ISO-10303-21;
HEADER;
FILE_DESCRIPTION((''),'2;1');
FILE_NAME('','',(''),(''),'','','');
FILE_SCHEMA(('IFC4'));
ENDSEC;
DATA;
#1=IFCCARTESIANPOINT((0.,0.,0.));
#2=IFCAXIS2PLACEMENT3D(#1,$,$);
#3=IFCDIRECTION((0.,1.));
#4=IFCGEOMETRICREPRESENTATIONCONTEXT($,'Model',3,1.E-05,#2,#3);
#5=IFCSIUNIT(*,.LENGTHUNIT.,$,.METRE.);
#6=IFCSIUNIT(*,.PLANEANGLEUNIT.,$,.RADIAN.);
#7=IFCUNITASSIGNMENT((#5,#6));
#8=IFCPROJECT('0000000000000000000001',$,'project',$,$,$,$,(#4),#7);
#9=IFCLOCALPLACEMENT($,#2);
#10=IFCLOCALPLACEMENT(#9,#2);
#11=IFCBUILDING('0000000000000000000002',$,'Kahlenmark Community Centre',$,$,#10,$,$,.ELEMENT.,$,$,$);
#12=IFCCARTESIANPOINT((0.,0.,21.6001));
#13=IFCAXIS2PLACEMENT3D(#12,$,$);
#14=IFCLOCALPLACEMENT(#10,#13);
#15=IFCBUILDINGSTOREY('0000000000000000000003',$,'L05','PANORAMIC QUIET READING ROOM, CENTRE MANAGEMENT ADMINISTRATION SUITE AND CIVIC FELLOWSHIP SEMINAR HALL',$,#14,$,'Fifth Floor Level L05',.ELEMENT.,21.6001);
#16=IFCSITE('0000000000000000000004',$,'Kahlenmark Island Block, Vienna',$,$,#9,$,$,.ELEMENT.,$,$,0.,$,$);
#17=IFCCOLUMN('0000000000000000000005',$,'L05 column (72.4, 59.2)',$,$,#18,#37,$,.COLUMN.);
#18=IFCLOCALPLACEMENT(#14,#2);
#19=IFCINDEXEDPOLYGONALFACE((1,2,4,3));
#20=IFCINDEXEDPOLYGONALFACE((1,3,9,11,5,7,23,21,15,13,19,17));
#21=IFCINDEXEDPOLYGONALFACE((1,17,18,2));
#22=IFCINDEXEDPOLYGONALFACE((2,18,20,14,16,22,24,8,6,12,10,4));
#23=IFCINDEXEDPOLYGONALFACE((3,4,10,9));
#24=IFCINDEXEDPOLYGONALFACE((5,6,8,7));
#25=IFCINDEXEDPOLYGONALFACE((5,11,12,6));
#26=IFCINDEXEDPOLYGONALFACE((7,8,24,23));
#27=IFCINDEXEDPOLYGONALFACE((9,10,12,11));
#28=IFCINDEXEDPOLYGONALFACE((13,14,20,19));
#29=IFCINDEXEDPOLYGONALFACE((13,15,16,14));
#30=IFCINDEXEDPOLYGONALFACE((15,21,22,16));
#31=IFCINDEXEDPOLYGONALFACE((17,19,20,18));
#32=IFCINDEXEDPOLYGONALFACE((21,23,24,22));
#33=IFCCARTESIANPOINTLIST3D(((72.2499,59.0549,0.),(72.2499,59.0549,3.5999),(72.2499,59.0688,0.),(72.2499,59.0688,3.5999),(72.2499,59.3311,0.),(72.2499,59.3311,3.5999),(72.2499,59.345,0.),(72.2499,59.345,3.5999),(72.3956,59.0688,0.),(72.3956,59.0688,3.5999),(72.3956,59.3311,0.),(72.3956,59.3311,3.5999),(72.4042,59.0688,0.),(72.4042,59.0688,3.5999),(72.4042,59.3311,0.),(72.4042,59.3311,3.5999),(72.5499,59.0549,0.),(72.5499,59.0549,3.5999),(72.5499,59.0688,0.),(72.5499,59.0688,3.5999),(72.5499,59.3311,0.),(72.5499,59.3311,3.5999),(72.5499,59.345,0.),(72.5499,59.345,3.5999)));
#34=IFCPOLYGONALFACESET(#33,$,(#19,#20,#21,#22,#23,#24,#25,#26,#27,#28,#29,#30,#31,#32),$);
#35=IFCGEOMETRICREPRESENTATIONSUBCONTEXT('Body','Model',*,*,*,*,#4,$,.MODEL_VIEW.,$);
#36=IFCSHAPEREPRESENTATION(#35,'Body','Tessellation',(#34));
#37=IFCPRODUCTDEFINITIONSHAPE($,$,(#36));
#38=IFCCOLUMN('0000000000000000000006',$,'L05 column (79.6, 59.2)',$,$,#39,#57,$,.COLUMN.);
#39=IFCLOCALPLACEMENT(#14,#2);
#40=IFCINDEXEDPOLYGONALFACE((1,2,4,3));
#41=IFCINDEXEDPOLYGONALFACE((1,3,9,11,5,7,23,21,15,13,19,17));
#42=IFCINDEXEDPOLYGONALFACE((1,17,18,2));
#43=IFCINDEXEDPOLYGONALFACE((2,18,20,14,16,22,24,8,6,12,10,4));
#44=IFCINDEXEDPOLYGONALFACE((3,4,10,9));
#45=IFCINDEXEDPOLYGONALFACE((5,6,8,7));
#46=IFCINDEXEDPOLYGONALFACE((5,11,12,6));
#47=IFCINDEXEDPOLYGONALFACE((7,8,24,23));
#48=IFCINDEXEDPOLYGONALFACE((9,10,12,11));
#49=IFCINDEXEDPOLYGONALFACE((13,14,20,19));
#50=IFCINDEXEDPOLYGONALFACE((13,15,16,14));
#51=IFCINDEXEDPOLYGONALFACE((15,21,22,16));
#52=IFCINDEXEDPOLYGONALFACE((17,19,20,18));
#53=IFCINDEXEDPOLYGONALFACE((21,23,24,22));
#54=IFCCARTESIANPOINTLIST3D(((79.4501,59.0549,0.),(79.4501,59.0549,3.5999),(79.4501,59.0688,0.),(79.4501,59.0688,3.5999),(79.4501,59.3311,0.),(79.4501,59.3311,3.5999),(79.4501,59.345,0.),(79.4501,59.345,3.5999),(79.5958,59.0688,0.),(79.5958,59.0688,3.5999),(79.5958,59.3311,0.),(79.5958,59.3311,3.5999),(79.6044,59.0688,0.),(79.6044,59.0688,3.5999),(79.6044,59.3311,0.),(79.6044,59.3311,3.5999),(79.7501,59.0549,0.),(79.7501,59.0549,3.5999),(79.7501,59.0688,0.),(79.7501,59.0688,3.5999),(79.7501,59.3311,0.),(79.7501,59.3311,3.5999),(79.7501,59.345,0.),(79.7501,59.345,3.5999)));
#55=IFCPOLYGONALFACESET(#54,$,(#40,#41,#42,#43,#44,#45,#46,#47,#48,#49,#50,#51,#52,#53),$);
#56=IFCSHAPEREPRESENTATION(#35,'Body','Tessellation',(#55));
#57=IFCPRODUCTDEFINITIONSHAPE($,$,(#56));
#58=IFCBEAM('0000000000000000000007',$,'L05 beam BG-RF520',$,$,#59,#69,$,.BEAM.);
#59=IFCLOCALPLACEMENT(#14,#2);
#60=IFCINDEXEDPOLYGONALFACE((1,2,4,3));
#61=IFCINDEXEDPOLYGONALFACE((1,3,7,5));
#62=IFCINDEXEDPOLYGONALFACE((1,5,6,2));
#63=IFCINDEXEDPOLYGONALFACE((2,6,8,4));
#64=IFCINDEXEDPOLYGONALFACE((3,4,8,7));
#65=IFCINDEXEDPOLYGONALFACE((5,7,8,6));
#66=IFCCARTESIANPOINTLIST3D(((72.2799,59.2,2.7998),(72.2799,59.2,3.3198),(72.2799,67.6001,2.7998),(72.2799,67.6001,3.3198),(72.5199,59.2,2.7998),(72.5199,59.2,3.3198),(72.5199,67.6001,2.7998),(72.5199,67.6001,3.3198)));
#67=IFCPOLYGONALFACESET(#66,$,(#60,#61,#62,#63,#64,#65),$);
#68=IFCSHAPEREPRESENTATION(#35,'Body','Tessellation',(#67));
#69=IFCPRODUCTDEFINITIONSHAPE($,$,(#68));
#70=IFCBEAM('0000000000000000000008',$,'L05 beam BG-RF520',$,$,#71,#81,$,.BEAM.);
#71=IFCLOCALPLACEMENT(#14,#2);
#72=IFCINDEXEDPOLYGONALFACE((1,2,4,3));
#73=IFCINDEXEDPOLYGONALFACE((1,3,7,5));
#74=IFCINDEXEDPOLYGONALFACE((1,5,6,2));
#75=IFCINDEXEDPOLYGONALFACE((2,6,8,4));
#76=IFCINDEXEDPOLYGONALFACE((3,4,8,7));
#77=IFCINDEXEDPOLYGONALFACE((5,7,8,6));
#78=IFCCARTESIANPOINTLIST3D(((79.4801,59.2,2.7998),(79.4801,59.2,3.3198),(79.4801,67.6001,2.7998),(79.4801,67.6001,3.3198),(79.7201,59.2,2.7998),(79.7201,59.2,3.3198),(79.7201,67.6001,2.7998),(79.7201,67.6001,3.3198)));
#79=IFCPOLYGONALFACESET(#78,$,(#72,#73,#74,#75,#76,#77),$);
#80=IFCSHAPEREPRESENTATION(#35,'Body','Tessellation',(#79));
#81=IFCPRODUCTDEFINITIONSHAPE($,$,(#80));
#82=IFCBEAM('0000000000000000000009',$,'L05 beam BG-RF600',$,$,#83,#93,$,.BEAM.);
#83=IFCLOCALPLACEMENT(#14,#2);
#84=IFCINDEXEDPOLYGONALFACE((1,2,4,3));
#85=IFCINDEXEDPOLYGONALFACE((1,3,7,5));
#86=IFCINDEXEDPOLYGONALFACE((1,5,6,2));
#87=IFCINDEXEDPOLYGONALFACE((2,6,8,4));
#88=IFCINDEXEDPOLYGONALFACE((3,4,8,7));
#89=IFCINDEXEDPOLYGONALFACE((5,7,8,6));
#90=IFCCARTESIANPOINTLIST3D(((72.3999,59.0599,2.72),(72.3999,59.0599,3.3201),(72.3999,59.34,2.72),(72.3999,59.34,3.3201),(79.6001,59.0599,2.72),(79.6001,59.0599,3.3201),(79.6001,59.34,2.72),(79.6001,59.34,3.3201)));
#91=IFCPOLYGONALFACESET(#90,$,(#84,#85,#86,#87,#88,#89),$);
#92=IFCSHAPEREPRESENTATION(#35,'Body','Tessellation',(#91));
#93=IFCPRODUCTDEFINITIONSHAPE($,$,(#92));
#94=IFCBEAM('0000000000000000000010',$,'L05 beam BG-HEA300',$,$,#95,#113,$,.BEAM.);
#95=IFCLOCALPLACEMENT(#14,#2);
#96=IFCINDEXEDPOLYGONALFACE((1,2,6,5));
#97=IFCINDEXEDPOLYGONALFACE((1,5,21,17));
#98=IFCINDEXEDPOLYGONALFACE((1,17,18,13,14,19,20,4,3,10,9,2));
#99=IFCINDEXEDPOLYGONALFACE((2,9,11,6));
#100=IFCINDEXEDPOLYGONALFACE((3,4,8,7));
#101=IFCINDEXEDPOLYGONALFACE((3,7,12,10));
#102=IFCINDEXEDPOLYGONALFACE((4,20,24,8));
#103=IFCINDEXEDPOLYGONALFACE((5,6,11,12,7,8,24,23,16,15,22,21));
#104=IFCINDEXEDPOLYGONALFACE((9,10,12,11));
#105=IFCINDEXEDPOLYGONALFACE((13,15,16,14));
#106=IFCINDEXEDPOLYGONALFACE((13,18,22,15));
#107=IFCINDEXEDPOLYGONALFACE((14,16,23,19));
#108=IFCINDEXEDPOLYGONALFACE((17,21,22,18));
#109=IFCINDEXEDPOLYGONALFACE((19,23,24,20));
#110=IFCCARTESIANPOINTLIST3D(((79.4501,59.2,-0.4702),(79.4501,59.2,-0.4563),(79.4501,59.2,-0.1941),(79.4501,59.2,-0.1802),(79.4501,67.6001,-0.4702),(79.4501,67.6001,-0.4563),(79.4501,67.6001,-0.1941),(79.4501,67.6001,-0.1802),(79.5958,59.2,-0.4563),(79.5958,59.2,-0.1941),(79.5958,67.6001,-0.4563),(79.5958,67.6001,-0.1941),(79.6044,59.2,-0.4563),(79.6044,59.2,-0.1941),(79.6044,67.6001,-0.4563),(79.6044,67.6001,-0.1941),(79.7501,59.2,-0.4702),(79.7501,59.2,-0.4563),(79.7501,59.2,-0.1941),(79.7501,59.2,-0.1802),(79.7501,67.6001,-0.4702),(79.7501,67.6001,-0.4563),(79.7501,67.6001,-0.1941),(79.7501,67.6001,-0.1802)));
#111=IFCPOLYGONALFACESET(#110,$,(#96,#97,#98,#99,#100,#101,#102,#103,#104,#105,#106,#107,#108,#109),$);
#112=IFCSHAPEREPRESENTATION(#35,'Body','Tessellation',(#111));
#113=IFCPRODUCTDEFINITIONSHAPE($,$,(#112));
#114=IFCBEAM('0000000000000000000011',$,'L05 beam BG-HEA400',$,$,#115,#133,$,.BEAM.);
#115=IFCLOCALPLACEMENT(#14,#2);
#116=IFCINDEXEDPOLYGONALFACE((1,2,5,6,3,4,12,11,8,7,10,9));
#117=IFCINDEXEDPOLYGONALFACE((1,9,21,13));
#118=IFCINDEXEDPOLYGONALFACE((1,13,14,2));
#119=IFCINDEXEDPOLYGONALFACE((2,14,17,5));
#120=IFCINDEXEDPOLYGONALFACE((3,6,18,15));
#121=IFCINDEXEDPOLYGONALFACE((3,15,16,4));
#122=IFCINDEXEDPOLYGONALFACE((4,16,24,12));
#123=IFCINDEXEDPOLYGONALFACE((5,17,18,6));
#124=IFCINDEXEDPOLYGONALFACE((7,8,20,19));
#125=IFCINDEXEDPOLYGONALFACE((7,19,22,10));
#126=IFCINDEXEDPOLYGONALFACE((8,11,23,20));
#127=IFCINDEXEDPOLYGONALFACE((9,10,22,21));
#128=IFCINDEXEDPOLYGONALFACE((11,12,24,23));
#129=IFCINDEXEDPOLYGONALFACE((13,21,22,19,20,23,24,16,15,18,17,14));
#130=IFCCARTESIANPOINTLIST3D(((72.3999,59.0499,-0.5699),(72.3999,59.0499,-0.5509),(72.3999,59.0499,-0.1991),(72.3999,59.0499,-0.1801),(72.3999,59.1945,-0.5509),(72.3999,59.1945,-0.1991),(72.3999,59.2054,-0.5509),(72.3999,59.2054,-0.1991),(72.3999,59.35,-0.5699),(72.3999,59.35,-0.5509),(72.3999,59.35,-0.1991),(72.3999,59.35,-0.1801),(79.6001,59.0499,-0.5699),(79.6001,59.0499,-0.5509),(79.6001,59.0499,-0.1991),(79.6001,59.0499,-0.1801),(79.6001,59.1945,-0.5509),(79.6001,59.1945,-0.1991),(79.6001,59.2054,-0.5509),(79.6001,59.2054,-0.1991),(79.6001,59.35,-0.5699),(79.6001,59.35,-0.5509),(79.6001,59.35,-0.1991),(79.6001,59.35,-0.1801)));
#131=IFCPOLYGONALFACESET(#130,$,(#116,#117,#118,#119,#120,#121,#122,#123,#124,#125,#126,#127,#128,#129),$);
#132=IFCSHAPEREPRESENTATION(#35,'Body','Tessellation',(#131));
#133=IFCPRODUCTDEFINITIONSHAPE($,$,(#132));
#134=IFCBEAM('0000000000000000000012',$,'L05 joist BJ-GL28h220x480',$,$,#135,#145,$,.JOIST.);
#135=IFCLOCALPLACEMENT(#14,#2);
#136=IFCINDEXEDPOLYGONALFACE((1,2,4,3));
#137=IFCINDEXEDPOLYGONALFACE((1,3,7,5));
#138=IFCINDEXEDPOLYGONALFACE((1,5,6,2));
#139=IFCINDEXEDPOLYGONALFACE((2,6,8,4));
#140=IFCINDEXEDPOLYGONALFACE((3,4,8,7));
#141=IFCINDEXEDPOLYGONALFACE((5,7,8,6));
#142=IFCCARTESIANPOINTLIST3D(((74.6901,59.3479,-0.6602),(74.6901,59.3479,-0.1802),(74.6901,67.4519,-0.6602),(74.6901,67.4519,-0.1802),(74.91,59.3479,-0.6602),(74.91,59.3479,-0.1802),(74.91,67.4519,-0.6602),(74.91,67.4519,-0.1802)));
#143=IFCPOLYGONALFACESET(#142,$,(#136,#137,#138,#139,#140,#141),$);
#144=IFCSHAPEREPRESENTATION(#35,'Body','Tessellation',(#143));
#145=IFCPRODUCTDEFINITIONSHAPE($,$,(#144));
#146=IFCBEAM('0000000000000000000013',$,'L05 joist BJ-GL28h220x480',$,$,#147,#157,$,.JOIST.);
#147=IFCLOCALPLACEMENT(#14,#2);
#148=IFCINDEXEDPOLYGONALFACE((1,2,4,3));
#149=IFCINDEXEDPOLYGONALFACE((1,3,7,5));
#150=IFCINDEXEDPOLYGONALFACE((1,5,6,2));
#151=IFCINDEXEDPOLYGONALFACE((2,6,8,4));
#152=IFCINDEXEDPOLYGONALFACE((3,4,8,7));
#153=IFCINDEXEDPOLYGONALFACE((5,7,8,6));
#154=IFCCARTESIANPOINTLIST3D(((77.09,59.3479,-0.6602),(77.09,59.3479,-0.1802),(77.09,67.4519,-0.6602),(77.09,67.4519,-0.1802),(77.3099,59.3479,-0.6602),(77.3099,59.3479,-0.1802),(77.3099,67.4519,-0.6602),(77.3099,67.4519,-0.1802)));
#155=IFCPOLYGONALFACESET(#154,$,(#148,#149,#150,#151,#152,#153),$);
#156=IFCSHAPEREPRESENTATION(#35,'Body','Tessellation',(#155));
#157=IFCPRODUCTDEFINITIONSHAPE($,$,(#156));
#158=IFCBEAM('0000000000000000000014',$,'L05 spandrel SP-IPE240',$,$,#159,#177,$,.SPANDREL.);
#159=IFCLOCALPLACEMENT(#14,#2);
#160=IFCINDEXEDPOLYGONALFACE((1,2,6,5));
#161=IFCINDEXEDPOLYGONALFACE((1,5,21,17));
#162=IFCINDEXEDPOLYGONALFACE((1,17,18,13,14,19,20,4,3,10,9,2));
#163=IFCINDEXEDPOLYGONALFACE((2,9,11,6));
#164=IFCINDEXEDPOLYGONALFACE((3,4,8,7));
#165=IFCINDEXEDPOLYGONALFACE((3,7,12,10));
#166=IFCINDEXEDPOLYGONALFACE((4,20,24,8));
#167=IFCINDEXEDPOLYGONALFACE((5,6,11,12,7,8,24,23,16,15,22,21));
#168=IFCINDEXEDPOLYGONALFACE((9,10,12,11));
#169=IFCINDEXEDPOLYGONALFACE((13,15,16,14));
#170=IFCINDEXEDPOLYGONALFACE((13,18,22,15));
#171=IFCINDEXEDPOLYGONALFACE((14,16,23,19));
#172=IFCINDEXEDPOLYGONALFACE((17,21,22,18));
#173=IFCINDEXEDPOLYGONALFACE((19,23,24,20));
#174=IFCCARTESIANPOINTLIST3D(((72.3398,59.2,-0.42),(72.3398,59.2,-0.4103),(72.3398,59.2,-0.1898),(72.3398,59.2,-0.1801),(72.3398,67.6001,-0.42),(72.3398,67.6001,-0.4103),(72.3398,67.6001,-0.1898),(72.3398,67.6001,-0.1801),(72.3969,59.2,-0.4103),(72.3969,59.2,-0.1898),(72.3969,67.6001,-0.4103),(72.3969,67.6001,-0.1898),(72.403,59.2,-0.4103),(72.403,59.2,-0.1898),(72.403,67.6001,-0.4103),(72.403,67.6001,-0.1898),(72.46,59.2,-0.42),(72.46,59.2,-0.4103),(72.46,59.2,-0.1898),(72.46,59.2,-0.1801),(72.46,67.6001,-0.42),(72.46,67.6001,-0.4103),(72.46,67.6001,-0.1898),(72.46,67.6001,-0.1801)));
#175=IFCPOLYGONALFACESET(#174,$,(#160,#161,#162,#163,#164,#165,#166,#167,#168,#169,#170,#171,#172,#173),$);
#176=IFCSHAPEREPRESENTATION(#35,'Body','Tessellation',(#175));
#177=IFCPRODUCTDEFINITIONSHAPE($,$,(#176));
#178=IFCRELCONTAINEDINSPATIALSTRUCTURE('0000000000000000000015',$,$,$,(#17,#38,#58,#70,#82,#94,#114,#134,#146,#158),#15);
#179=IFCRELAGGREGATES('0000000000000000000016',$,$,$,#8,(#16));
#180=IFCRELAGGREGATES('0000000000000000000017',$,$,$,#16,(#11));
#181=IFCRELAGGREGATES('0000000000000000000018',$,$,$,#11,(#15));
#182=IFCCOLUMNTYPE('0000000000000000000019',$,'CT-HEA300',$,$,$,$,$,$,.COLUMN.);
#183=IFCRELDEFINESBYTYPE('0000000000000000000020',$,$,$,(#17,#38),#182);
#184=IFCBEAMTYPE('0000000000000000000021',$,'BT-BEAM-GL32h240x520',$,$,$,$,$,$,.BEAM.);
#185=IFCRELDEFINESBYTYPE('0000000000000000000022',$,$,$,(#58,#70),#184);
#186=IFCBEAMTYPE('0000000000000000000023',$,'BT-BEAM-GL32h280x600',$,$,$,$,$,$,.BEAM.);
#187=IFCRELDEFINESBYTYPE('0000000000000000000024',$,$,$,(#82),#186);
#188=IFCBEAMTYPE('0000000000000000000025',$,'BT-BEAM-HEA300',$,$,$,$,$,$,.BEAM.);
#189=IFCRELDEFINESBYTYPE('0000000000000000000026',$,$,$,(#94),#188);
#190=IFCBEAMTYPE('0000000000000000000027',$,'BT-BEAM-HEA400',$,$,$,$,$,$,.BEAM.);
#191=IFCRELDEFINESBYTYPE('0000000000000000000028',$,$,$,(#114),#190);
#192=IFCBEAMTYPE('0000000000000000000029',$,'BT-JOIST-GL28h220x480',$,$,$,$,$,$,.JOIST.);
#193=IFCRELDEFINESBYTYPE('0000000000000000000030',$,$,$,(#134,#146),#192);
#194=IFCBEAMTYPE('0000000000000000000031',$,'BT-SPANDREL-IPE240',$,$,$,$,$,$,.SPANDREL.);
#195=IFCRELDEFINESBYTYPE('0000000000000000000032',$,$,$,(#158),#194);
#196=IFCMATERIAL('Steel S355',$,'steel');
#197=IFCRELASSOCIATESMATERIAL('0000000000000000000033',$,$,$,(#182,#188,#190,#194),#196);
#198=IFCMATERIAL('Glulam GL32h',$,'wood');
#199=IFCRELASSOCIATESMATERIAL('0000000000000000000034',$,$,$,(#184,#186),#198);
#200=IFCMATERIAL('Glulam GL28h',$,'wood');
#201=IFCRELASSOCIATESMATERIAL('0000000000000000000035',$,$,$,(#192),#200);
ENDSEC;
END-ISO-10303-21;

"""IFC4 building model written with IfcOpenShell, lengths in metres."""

from ifc_helpers import new_model, si_unit, direction, frame, origin, origin_2d, place, context, subcontext, project, spatial, rectangle, i_section, extrude, material, material_profile, profile_set, type_object, element, save


model = new_model("IFC4")

# Units and contexts
model_context = context("Model", 3, precision=1e-05, world=origin(), true_north=direction((0.0, 1.0)))
body_context = subcontext(model_context, "Body", "Model", "MODEL_VIEW")
ifc_project = project(units=[si_unit("LENGTHUNIT", "METRE"), si_unit("PLANEANGLEUNIT", "RADIAN")], contexts=[model_context])

# Site, building, storey
site_placement = place(None, origin())
site = spatial("IfcSite", under=ifc_project, at=site_placement, Name="Kahlenmark Island Block, Vienna", CompositionType="ELEMENT", RefElevation=0.0)
building_placement = place(site_placement, origin())
building = spatial("IfcBuilding", under=site, at=building_placement, Name="Kahlenmark Community Centre", CompositionType="ELEMENT")
storey_placement = place(building_placement, frame((0.0, 0.0, 21.6001)))
storey = spatial("IfcBuildingStorey", under=building, at=storey_placement, Name="L05", Description="PANORAMIC QUIET READING ROOM, CENTRE MANAGEMENT ADMINISTRATION SUITE AND CIVIC FELLOWSHIP SEMINAR HALL", LongName="Fifth Floor Level L05", CompositionType="ELEMENT", Elevation=21.6001)

# Columns
ifc_material_1 = material(Name="Steel S355", Category="steel")
ifc_material_profile_1 = material_profile(ifc_material_1, i_section(OverallWidth=0.3, OverallDepth=0.29, WebThickness=0.0085, FlangeThickness=0.0139, at=origin_2d()), Name="HEA 300")
ifc_profile_set_1 = profile_set([ifc_material_profile_1], Name="Steel S355")
column_type = type_object("IfcColumnType", Name="CT-HEA300", PredefinedType="COLUMN", material=ifc_profile_set_1)
for number, where, z_axis, x_axis, name in (
    (1, (72.3999, 59.2, 0.0), (0.0, 0.0, 1.0), (1.0, 0.0, 0.0), "L05 column (72.4, 59.2)"),
    (2, (79.6001, 59.2, 0.0), (0.0, 0.0, 1.0), (1.0, 0.0, 0.0), "L05 column (79.6, 59.2)"),
):
    element("IfcColumn", number, at=place(storey_placement, frame(where, z_axis=z_axis, x_axis=x_axis)), inside=storey, type_object=column_type, Name=name, PredefinedType="COLUMN", context=body_context, shape_type="SweptSolid", body=[
        extrude(i_section(OverallWidth=0.3, OverallDepth=0.29, WebThickness=0.0085, FlangeThickness=0.0139, at=origin_2d()), origin(), (0.0, 0.0, 1.0), 3.5999),
    ])

# Beams
ifc_material_2 = material(Name="Glulam GL32h", Category="wood")
ifc_material_profile_2 = material_profile(ifc_material_2, rectangle(XDim=0.24, YDim=0.52, at=origin_2d()), Name="GL32h 240x520")
ifc_profile_set_2 = profile_set([ifc_material_profile_2], Name="Glulam GL32h")
beam_type_1 = type_object("IfcBeamType", Name="BT-BEAM-GL32h240x520", PredefinedType="BEAM", material=ifc_profile_set_2)
for number, where, z_axis, x_axis, name in (
    (3, (72.3999, 59.2, 3.0598), (0.0, 1.0, 0.0), (-1.0, 0.0, 0.0), "L05 beam BG-RF520"),
    (4, (79.6001, 59.2, 3.0598), (0.0, 1.0, 0.0), (-1.0, 0.0, 0.0), "L05 beam BG-RF520"),
):
    element("IfcBeam", number, at=place(storey_placement, frame(where, z_axis=z_axis, x_axis=x_axis)), inside=storey, type_object=beam_type_1, Name=name, PredefinedType="BEAM", context=body_context, shape_type="SweptSolid", body=[
        extrude(rectangle(XDim=0.24, YDim=0.52, at=origin_2d()), origin(), (0.0, 0.0, 1.0), 8.4001),
    ])
ifc_material_profile_3 = material_profile(ifc_material_2, rectangle(XDim=0.28, YDim=0.6001, at=origin_2d()), Name="GL32h 280x600")
ifc_profile_set_3 = profile_set([ifc_material_profile_3], Name="Glulam GL32h")
beam_type_2 = type_object("IfcBeamType", Name="BT-BEAM-GL32h280x600", PredefinedType="BEAM", material=ifc_profile_set_3)
beam_1_placement = place(storey_placement, frame((72.3999, 59.2, 3.02), z_axis=(1.0, 0.0, 0.0), x_axis=(0.0, 1.0, 0.0)))
element("IfcBeam", 5, at=beam_1_placement, inside=storey, type_object=beam_type_2, Name="L05 beam BG-RF600", PredefinedType="BEAM", context=body_context, shape_type="SweptSolid", body=[
    extrude(rectangle(XDim=0.28, YDim=0.6001, at=origin_2d()), origin(), (0.0, 0.0, 1.0), 7.2002),
])
ifc_material_profile_4 = material_profile(ifc_material_1, i_section(OverallWidth=0.3, OverallDepth=0.29, WebThickness=0.0085, FlangeThickness=0.0139, at=origin_2d()), Name="HEA 300")
ifc_profile_set_4 = profile_set([ifc_material_profile_4], Name="Steel S355")
beam_type_3 = type_object("IfcBeamType", Name="BT-BEAM-HEA300", PredefinedType="BEAM", material=ifc_profile_set_4)
beam_2_placement = place(storey_placement, frame((79.6001, 59.2, -0.3252), z_axis=(0.0, 1.0, 0.0), x_axis=(-1.0, 0.0, 0.0)))
element("IfcBeam", 6, at=beam_2_placement, inside=storey, type_object=beam_type_3, Name="L05 beam BG-HEA300", PredefinedType="BEAM", context=body_context, shape_type="SweptSolid", body=[
    extrude(i_section(OverallWidth=0.3, OverallDepth=0.29, WebThickness=0.0085, FlangeThickness=0.0139, at=origin_2d()), origin(), (0.0, 0.0, 1.0), 8.4001),
])
ifc_material_profile_5 = material_profile(ifc_material_1, i_section(OverallWidth=0.3, OverallDepth=0.3899, WebThickness=0.011, FlangeThickness=0.019, at=origin_2d()), Name="HEA 400")
ifc_profile_set_5 = profile_set([ifc_material_profile_5], Name="Steel S355")
beam_type_4 = type_object("IfcBeamType", Name="BT-BEAM-HEA400", PredefinedType="BEAM", material=ifc_profile_set_5)
beam_3_placement = place(storey_placement, frame((72.3999, 59.2, -0.375), z_axis=(1.0, 0.0, 0.0), x_axis=(0.0, 1.0, 0.0)))
element("IfcBeam", 7, at=beam_3_placement, inside=storey, type_object=beam_type_4, Name="L05 beam BG-HEA400", PredefinedType="BEAM", context=body_context, shape_type="SweptSolid", body=[
    extrude(i_section(OverallWidth=0.3, OverallDepth=0.3899, WebThickness=0.011, FlangeThickness=0.019, at=origin_2d()), origin(), (0.0, 0.0, 1.0), 7.2002),
])
ifc_material_3 = material(Name="Glulam GL28h", Category="wood")
ifc_material_profile_6 = material_profile(ifc_material_3, rectangle(XDim=0.22, YDim=0.48, at=origin_2d()), Name="GL28h 220x480")
ifc_profile_set_6 = profile_set([ifc_material_profile_6], Name="Glulam GL28h")
beam_type_5 = type_object("IfcBeamType", Name="BT-JOIST-GL28h220x480", PredefinedType="JOIST", material=ifc_profile_set_6)
for number, where, z_axis, x_axis, name in (
    (8, (74.8, 59.3479, -0.4202), (0.0, 1.0, 0.0), (-1.0, 0.0, 0.0), "L05 joist BJ-GL28h220x480"),
    (9, (77.2, 59.3479, -0.4202), (0.0, 1.0, 0.0), (-1.0, 0.0, 0.0), "L05 joist BJ-GL28h220x480"),
):
    element("IfcBeam", number, at=place(storey_placement, frame(where, z_axis=z_axis, x_axis=x_axis)), inside=storey, type_object=beam_type_5, Name=name, PredefinedType="JOIST", context=body_context, shape_type="SweptSolid", body=[
        extrude(rectangle(XDim=0.22, YDim=0.48, at=origin_2d()), origin(), (0.0, 0.0, 1.0), 8.104),
    ])
ifc_material_profile_7 = material_profile(ifc_material_1, i_section(OverallWidth=0.1201, OverallDepth=0.24, WebThickness=0.0061, FlangeThickness=0.0098, at=origin_2d()), Name="IPE 240")
ifc_profile_set_7 = profile_set([ifc_material_profile_7], Name="Steel S355")
beam_type_6 = type_object("IfcBeamType", Name="BT-SPANDREL-IPE240", PredefinedType="SPANDREL", material=ifc_profile_set_7)
beam_4_placement = place(storey_placement, frame((72.3999, 59.2, -0.3), z_axis=(0.0, 1.0, 0.0), x_axis=(-1.0, 0.0, 0.0)))
element("IfcBeam", 10, at=beam_4_placement, inside=storey, type_object=beam_type_6, Name="L05 spandrel SP-IPE240", PredefinedType="SPANDREL", context=body_context, shape_type="SweptSolid", body=[
    extrude(i_section(OverallWidth=0.1201, OverallDepth=0.24, WebThickness=0.0061, FlangeThickness=0.0098, at=origin_2d()), origin(), (0.0, 0.0, 1.0), 8.4001),
])

save(model, "model.ifc")
